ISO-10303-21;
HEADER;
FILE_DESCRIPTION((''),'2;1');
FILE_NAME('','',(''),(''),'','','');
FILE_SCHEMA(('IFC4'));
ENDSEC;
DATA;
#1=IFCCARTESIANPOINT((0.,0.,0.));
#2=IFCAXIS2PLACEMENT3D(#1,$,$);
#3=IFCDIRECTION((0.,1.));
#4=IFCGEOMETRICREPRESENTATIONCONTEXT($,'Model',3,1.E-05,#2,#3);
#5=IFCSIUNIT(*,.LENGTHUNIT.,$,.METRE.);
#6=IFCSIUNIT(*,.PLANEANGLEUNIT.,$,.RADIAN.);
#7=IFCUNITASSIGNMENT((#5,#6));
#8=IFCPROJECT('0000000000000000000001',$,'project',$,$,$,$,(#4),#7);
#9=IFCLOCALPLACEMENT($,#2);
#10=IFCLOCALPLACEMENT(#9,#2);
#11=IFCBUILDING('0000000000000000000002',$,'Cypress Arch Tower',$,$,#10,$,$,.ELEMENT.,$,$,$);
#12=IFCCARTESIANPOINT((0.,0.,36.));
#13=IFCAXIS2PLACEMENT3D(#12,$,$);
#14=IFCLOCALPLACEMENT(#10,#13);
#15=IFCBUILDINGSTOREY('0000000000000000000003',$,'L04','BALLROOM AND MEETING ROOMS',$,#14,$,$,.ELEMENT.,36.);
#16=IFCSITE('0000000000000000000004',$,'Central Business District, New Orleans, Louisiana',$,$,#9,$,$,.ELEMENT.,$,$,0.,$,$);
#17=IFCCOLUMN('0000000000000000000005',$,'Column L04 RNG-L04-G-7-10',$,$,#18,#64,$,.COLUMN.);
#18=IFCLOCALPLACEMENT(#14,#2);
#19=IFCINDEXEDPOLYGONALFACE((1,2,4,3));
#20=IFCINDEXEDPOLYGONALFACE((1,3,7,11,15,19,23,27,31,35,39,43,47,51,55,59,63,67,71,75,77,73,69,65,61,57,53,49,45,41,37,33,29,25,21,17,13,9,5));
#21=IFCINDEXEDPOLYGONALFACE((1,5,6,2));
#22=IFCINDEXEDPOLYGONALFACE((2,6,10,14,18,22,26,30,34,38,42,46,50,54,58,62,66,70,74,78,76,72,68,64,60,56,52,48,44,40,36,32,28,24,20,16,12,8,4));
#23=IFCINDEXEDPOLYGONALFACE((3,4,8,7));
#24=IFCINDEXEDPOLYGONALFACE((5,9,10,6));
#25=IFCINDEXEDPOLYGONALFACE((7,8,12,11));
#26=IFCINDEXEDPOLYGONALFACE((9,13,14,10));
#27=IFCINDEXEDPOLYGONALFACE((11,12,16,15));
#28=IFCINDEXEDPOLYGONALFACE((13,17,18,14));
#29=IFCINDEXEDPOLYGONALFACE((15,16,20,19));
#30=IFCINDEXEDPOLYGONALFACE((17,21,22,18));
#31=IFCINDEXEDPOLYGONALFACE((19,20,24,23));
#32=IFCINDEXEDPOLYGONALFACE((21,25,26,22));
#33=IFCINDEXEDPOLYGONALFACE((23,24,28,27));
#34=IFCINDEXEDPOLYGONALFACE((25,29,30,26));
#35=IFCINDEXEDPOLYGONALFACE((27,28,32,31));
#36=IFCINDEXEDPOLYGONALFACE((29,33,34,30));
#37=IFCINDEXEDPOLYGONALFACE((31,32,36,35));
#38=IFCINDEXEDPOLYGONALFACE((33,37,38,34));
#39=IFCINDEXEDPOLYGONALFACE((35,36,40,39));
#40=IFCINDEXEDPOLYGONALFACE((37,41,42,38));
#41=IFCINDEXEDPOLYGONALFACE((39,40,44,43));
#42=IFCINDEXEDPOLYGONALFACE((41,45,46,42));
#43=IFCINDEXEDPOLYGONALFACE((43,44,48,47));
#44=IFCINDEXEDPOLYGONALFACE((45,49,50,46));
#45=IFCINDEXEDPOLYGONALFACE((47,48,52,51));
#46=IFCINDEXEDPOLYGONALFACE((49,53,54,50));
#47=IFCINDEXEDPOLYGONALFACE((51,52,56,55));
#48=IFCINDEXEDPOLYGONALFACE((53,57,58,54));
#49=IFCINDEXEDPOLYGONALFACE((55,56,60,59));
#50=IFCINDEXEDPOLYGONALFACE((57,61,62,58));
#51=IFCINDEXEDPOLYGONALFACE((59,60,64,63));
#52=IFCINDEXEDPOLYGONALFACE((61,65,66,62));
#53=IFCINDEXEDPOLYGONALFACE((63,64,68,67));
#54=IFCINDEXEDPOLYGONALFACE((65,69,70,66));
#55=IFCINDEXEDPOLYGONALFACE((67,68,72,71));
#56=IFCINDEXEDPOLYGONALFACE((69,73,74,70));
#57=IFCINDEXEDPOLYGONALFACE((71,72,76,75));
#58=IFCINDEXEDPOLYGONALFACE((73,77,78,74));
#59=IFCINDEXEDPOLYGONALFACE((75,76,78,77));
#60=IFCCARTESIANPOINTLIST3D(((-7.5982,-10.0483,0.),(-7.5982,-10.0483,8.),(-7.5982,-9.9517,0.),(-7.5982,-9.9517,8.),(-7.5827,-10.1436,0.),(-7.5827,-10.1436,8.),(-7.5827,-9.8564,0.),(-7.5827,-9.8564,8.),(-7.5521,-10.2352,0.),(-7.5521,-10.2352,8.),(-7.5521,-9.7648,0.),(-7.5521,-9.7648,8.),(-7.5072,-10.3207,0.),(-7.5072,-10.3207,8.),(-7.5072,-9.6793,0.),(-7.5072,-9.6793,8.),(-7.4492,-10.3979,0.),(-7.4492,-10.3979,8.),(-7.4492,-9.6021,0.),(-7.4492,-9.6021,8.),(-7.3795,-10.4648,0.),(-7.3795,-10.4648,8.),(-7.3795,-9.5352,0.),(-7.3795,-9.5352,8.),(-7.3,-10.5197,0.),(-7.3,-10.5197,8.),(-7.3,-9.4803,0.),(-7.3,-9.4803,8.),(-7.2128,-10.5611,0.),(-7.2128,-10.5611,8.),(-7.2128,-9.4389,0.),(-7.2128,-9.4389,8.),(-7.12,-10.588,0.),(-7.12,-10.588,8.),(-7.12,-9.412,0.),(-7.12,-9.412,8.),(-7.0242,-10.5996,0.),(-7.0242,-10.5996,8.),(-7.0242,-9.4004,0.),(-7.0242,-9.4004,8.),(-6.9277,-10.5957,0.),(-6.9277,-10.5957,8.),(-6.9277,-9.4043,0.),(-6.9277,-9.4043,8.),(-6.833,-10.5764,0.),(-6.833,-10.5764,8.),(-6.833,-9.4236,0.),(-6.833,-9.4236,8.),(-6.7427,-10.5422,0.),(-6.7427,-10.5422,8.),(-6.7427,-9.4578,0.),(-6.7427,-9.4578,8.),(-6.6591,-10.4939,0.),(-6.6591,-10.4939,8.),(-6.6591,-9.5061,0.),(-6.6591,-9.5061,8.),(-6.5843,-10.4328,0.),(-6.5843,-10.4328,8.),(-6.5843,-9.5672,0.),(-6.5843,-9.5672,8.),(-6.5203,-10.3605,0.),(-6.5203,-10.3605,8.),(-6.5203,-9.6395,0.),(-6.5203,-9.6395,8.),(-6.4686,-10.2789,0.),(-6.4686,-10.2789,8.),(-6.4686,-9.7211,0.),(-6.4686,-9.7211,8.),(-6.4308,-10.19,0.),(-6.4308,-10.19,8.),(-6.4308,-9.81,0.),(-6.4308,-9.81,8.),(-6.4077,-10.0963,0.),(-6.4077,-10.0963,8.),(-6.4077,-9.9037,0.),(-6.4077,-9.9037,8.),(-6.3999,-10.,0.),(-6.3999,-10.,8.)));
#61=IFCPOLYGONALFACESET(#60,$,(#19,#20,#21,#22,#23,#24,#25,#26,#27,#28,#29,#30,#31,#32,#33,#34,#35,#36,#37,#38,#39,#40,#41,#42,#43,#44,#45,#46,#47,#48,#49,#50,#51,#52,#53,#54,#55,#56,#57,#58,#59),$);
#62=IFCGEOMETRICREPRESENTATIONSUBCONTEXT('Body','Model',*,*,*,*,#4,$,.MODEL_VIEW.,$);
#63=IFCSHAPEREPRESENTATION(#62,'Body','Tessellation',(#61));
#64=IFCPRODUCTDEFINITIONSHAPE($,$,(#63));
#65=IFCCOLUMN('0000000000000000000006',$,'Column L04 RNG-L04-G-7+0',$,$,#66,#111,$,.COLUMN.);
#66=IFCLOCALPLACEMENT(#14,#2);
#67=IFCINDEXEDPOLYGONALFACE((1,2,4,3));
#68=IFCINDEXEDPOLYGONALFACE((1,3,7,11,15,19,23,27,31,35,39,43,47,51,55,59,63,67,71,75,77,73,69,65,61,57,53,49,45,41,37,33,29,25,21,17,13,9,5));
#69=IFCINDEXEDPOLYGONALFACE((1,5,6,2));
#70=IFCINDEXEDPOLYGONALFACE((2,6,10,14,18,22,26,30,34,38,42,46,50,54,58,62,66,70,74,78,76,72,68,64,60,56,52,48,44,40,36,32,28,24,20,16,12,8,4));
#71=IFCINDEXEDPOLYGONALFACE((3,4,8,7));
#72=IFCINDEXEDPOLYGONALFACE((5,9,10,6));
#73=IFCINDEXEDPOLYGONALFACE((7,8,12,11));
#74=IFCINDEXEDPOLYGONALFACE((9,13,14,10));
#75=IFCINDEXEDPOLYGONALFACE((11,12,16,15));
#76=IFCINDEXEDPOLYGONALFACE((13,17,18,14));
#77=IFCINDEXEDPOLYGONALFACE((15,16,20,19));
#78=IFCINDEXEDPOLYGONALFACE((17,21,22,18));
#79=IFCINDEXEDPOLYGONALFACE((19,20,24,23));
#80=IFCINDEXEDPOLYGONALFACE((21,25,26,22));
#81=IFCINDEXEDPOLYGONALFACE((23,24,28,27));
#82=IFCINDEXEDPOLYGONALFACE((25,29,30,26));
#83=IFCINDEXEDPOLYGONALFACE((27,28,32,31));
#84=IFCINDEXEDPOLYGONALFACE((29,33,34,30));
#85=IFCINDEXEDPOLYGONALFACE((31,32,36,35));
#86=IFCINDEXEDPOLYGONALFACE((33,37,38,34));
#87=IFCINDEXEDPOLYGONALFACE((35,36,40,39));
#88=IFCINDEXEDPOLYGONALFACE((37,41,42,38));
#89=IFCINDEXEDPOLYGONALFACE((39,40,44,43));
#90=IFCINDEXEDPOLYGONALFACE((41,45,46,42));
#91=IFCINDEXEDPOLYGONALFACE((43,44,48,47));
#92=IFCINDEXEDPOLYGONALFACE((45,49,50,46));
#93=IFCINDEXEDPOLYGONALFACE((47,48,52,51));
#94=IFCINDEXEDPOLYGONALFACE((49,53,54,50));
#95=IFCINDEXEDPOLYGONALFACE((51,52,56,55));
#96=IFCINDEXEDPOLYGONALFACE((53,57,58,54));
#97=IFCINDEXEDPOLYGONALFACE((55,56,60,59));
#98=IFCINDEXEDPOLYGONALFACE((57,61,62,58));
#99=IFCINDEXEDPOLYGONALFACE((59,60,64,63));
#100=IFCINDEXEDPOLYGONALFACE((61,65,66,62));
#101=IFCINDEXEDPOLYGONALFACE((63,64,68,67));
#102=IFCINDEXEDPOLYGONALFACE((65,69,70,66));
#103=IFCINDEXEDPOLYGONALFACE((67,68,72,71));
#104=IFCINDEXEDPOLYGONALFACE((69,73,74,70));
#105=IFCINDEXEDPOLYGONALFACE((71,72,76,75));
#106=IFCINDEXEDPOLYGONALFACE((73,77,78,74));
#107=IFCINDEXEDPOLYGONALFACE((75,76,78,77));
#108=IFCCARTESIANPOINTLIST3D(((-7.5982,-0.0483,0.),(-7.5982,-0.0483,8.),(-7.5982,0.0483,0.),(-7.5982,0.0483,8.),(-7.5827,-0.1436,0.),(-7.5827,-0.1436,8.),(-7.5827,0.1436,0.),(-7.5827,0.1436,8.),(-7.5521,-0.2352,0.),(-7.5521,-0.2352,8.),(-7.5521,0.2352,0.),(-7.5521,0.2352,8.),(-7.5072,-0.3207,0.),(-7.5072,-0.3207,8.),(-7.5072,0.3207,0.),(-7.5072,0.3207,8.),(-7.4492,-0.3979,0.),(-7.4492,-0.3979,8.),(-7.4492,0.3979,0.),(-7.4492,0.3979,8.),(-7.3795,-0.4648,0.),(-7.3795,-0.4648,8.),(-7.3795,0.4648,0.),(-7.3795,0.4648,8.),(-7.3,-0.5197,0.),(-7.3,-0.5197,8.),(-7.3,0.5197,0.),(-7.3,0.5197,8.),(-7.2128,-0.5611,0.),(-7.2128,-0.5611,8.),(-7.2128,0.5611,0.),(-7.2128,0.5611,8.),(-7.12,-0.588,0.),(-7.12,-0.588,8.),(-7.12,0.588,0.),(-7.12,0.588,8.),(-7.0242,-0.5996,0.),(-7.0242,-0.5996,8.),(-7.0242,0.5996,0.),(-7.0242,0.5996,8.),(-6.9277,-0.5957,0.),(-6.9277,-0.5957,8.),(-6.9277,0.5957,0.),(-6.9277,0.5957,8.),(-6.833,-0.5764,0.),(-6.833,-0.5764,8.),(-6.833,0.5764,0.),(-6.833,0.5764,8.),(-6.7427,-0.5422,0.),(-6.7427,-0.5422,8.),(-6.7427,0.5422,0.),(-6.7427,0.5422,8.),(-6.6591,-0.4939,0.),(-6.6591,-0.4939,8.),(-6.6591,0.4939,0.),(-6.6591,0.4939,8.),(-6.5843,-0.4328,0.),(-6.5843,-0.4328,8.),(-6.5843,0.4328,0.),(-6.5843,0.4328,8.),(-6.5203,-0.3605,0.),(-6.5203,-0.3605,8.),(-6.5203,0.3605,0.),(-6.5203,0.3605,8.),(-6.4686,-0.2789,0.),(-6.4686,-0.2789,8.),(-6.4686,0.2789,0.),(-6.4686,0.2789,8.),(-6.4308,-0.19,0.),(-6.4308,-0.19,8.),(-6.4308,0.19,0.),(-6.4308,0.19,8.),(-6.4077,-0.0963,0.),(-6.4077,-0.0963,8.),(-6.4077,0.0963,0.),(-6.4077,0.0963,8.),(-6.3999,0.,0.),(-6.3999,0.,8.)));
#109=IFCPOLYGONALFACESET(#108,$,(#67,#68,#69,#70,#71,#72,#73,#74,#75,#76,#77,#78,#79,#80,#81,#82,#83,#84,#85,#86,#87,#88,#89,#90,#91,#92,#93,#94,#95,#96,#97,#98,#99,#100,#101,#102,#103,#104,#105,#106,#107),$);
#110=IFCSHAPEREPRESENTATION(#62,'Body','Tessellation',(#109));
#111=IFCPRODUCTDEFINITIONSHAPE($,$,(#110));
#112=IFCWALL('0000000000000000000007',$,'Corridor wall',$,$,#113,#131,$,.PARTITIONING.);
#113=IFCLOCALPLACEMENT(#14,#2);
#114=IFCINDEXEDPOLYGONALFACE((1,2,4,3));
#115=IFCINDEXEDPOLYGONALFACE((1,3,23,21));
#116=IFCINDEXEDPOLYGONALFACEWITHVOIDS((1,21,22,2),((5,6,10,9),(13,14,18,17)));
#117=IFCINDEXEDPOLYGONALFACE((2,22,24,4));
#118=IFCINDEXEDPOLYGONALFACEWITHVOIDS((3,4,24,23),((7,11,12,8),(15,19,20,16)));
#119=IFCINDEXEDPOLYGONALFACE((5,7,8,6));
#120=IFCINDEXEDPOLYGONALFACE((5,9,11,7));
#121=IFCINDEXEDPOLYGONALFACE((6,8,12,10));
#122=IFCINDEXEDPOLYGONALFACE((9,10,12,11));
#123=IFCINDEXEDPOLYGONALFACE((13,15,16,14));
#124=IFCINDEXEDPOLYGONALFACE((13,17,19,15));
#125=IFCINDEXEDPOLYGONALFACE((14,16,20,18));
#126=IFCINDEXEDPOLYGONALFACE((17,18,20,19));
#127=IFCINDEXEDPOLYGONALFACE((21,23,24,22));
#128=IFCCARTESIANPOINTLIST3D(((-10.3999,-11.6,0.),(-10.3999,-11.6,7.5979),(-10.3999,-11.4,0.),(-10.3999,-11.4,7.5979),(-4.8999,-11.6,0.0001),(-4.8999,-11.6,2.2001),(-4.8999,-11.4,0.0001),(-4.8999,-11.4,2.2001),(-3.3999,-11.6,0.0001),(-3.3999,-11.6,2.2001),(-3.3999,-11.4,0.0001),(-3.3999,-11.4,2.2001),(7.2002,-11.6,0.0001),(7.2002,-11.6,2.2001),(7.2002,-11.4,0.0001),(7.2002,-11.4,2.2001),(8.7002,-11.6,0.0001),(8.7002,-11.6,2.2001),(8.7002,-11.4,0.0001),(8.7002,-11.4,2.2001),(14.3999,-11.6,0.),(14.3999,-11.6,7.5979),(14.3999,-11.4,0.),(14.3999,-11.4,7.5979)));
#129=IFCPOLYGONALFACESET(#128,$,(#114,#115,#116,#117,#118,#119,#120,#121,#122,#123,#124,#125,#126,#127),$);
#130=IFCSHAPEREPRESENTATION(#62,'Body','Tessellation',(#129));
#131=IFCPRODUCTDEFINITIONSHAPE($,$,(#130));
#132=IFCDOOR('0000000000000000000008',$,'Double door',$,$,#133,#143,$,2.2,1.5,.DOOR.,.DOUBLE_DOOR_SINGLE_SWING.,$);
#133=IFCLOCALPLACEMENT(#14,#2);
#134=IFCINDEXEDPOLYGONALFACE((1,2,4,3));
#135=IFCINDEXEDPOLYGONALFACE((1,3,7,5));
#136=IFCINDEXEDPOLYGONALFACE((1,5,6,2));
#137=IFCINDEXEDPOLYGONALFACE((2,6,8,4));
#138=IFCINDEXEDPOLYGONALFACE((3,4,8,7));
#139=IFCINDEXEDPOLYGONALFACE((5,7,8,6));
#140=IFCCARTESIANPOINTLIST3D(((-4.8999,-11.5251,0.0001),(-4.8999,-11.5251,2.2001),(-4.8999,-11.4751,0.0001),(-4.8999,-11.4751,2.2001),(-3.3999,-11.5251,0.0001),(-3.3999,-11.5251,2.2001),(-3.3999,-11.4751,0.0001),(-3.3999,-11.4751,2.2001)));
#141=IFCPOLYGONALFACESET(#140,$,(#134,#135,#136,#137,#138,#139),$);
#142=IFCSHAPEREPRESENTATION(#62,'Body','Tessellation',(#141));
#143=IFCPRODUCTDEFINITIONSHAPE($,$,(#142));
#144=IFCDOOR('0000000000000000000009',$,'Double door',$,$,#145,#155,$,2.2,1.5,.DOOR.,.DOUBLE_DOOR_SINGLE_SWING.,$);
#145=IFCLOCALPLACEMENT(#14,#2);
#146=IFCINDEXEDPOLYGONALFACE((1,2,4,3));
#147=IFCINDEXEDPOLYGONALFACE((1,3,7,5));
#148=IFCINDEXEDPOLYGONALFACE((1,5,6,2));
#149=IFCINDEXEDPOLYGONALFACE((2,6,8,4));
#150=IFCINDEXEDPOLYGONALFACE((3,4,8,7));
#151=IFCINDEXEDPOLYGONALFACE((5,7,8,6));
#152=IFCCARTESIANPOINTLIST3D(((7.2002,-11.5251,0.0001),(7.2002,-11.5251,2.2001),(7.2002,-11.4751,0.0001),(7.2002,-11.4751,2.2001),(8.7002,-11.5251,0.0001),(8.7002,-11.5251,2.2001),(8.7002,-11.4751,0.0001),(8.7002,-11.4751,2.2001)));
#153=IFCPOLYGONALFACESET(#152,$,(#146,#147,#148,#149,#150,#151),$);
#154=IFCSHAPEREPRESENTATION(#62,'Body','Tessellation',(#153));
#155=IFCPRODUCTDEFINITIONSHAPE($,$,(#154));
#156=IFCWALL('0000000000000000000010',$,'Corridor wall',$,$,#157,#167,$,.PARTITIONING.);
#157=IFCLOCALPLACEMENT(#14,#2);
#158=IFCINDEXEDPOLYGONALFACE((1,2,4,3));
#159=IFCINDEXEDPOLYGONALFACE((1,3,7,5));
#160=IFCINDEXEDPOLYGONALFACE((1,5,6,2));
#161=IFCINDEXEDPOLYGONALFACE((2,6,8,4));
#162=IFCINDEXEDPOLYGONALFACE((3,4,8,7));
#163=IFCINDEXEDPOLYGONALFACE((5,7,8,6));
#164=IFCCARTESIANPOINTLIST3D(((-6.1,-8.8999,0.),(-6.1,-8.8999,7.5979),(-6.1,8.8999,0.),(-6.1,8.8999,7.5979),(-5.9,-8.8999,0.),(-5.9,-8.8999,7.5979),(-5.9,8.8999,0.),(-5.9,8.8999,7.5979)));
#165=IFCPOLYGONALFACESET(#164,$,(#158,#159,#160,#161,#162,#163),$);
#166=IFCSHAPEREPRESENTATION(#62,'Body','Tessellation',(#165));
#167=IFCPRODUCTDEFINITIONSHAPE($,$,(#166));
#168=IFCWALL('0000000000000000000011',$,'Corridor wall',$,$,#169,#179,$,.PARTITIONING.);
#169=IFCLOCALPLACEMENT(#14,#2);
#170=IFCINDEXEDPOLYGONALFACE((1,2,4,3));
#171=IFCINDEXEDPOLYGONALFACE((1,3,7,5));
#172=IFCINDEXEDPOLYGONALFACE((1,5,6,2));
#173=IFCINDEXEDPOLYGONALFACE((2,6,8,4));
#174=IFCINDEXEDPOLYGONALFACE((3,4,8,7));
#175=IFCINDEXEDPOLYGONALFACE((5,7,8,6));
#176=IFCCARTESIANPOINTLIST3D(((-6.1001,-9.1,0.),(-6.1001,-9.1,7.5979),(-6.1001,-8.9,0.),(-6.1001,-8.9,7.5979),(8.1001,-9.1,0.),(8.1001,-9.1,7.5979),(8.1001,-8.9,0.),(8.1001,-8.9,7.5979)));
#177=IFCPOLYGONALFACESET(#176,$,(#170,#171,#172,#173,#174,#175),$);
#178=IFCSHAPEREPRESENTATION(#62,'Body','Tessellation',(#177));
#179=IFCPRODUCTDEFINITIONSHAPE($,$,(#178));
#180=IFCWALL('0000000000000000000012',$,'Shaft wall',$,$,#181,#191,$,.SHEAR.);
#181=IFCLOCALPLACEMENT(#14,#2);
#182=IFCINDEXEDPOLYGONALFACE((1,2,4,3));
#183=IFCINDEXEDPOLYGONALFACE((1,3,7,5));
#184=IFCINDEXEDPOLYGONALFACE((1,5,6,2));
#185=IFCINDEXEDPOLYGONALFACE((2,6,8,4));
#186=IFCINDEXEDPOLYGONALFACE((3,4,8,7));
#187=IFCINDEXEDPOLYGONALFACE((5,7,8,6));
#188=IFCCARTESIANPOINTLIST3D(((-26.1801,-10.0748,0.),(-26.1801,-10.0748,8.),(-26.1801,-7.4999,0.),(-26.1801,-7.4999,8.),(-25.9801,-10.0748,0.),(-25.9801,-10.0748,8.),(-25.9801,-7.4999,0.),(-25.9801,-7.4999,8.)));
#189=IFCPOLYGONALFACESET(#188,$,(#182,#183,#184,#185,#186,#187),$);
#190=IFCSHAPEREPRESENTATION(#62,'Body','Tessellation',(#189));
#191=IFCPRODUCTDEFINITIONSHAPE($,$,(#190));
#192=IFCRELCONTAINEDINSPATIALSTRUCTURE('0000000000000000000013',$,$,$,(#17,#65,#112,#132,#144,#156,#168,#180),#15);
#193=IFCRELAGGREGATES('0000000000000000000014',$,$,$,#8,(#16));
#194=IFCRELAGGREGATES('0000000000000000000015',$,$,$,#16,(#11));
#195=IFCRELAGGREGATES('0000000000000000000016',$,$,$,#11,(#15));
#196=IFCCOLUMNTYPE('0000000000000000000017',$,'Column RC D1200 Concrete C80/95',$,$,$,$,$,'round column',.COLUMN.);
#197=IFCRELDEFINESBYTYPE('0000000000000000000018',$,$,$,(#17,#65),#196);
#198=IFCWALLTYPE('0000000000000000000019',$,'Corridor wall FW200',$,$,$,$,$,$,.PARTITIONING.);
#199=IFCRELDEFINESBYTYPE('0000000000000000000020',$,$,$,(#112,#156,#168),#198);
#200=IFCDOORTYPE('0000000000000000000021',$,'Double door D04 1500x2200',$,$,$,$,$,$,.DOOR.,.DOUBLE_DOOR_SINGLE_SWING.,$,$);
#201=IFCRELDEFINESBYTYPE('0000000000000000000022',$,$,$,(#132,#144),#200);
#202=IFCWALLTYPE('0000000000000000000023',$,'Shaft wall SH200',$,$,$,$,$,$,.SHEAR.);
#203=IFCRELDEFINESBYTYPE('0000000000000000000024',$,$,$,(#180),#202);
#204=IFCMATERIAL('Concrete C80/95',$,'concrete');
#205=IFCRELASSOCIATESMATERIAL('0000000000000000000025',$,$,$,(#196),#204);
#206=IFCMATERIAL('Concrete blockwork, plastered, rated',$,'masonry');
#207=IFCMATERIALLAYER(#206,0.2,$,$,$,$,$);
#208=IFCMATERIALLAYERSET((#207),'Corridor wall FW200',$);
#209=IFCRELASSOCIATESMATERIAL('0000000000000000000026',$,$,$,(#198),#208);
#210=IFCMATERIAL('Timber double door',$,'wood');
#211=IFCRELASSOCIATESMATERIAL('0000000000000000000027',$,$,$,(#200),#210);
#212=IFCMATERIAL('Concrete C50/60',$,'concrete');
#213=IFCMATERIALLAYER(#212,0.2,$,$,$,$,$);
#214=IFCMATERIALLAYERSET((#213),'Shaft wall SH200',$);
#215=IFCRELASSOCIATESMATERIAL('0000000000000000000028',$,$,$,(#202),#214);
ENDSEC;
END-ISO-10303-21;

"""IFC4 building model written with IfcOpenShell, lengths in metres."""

from ifc_helpers import new_model, si_unit, direction, frame, frame_2d, origin, origin_2d, place, context, subcontext, project, spatial, rectangle, circle, extrude, material, layer, layer_set, material_profile, profile_set, type_object, element, fill, save


model = new_model("IFC4")

# Units and contexts
model_context = context("Model", 3, precision=1e-05, world=origin(), true_north=direction((0.0, 1.0)))
body_context = subcontext(model_context, "Body", "Model", "MODEL_VIEW")
ifc_project = project(units=[si_unit("LENGTHUNIT", "METRE"), si_unit("PLANEANGLEUNIT", "RADIAN")], contexts=[model_context])

# Site, building, storey
site_placement = place(None, origin())
site = spatial("IfcSite", under=ifc_project, at=site_placement, Name="Central Business District, New Orleans, Louisiana", CompositionType="ELEMENT", RefElevation=0.0)
building_placement = place(site_placement, origin())
building = spatial("IfcBuilding", under=site, at=building_placement, Name="Cypress Arch Tower", CompositionType="ELEMENT")
storey_placement = place(building_placement, frame((0.0, 0.0, 36.0)))
storey = spatial("IfcBuildingStorey", under=building, at=storey_placement, Name="L04", Description="BALLROOM AND MEETING ROOMS", CompositionType="ELEMENT", Elevation=36.0)

# Columns
ifc_material_1 = material(Name="Concrete C80/95", Category="concrete")
ifc_material_profile = material_profile(ifc_material_1, circle(Radius=0.6001, at=origin_2d()), Name="RC D1200")
ifc_profile_set = profile_set([ifc_material_profile], Name="Concrete C80/95")
column_type = type_object("IfcColumnType", Name="Column RC D1200 Concrete C80/95", ElementType="round column", PredefinedType="COLUMN", material=ifc_profile_set)
for number, where, z_axis, x_axis, name in (
    (1, (-7.0, -10.0, 0.0), (0.0, 0.0, 1.0), (1.0, 0.0, 0.0), "Column L04 RNG-L04-G-7-10"),
    (2, (-7.0, 0.0, 0.0), (0.0, 0.0, 1.0), (1.0, 0.0, 0.0), "Column L04 RNG-L04-G-7+0"),
):
    element("IfcColumn", number, at=place(storey_placement, frame(where, z_axis=z_axis, x_axis=x_axis)), inside=storey, type_object=column_type, Name=name, PredefinedType="COLUMN", context=body_context, shape_type="SweptSolid", body=[
        extrude(circle(Radius=0.6001, at=origin_2d()), origin(), (0.0, 0.0, 1.0), 8.0),
    ])

# Wall, openings, doors
ifc_material_2 = material(Name="Concrete blockwork, plastered, rated", Category="masonry")
ifc_layer_1 = layer(ifc_material_2, 0.2)
ifc_layer_set_1 = layer_set([ifc_layer_1], Name="Corridor wall FW200")
wall_type_1 = type_object("IfcWallType", Name="Corridor wall FW200", PredefinedType="PARTITIONING", material=ifc_layer_set_1)
wall_1_placement = place(storey_placement, frame((-10.3999, -11.5, 0.0), z_axis=(0.0, 0.0, 1.0), x_axis=(1.0, 0.0, 0.0)))
wall_1 = element("IfcWall", 3, at=wall_1_placement, inside=storey, type_object=wall_type_1, Name="Corridor wall", PredefinedType="PARTITIONING", context=body_context, shape_type="SweptSolid", body=[
    extrude(rectangle(XDim=24.7998, YDim=0.2, at=frame_2d((12.3999, 0.0))), origin(), (0.0, 0.0, 1.0), 7.5979),
])
opening_1_placement = place(wall_1_placement, frame((5.5, 0.0, 0.0)))
opening_1 = element("IfcOpeningElement", 4, at=opening_1_placement, cuts=wall_1, PredefinedType="OPENING", context=body_context, shape_type="SweptSolid", body=[
    extrude(rectangle(XDim=1.5, YDim=2.2, at=frame_2d((0.75, 1.1001))), frame((0.0, 0.1099, 0.0), z_axis=(0.0, -1.0, 0.0), x_axis=(1.0, 0.0, 0.0)), (0.0, 0.0, 1.0), 0.22),
])
opening_2_placement = place(wall_1_placement, frame((17.6001, 0.0, 0.0)))
opening_2 = element("IfcOpeningElement", 5, at=opening_2_placement, cuts=wall_1, PredefinedType="OPENING", context=body_context, shape_type="SweptSolid", body=[
    extrude(rectangle(XDim=1.5, YDim=2.2, at=frame_2d((0.75, 1.1001))), frame((0.0, 0.1099, 0.0), z_axis=(0.0, -1.0, 0.0), x_axis=(1.0, 0.0, 0.0)), (0.0, 0.0, 1.0), 0.22),
])
ifc_material_3 = material(Name="Timber double door", Category="wood")
door_type_1 = type_object("IfcDoorType", Name="Double door D04 1500x2200", OperationType="DOUBLE_DOOR_SINGLE_SWING", PredefinedType="DOOR", material=ifc_material_3)
door_1_placement = place(opening_1_placement, origin())
door_1 = element("IfcDoor", 6, at=door_1_placement, inside=storey, type_object=door_type_1, Name="Double door", OperationType="DOUBLE_DOOR_SINGLE_SWING", OverallHeight=2.2, OverallWidth=1.5, PredefinedType="DOOR", context=body_context, shape_type="SweptSolid", body=[
    extrude(rectangle(XDim=1.5, YDim=2.2, at=frame_2d((0.75, 1.1001))), frame((0.0, 0.0249, 0.0), z_axis=(0.0, -1.0, 0.0), x_axis=(1.0, 0.0, 0.0)), (0.0, 0.0, 1.0), 0.05),
])
fill(opening_1, door_1)
door_2_placement = place(opening_2_placement, origin())
door_2 = element("IfcDoor", 7, at=door_2_placement, inside=storey, type_object=door_type_1, Name="Double door", OperationType="DOUBLE_DOOR_SINGLE_SWING", OverallHeight=2.2, OverallWidth=1.5, PredefinedType="DOOR", context=body_context, shape_type="SweptSolid", body=[
    extrude(rectangle(XDim=1.5, YDim=2.2, at=frame_2d((0.75, 1.1001))), frame((0.0, 0.0249, 0.0), z_axis=(0.0, -1.0, 0.0), x_axis=(1.0, 0.0, 0.0)), (0.0, 0.0, 1.0), 0.05),
])
fill(opening_2, door_2)

# Walls
wall_2_placement = place(storey_placement, frame((-6.0, -8.8999, 0.0), z_axis=(0.0, 0.0, 1.0), x_axis=(0.0, 1.0, 0.0)))
element("IfcWall", 8, at=wall_2_placement, inside=storey, type_object=wall_type_1, Name="Corridor wall", PredefinedType="PARTITIONING", context=body_context, shape_type="SweptSolid", body=[
    extrude(rectangle(XDim=17.7998, YDim=0.2, at=frame_2d((8.8999, 0.0))), origin(), (0.0, 0.0, 1.0), 7.5979),
])
wall_3_placement = place(storey_placement, frame((-6.1001, -9.0, 0.0), z_axis=(0.0, 0.0, 1.0), x_axis=(1.0, 0.0, 0.0)))
element("IfcWall", 9, at=wall_3_placement, inside=storey, type_object=wall_type_1, Name="Corridor wall", PredefinedType="PARTITIONING", context=body_context, shape_type="SweptSolid", body=[
    extrude(rectangle(XDim=14.2002, YDim=0.2, at=frame_2d((7.1001, 0.0))), origin(), (0.0, 0.0, 1.0), 7.5979),
])
ifc_material_4 = material(Name="Concrete C50/60", Category="concrete")
ifc_layer_2 = layer(ifc_material_4, 0.2)
ifc_layer_set_2 = layer_set([ifc_layer_2], Name="Shaft wall SH200")
wall_type_2 = type_object("IfcWallType", Name="Shaft wall SH200", PredefinedType="SHEAR", material=ifc_layer_set_2)
wall_4_placement = place(storey_placement, frame((-26.0801, -10.075, 0.0), z_axis=(0.0, 0.0, 1.0), x_axis=(0.0, 1.0, 0.0)))
element("IfcWall", 10, at=wall_4_placement, inside=storey, type_object=wall_type_2, Name="Shaft wall", PredefinedType="SHEAR", context=body_context, shape_type="SweptSolid", body=[
    extrude(rectangle(XDim=2.575, YDim=0.2, at=frame_2d((1.2876, 0.0))), origin(), (0.0, 0.0, 1.0), 8.0),
])

save(model, "model.ifc")
